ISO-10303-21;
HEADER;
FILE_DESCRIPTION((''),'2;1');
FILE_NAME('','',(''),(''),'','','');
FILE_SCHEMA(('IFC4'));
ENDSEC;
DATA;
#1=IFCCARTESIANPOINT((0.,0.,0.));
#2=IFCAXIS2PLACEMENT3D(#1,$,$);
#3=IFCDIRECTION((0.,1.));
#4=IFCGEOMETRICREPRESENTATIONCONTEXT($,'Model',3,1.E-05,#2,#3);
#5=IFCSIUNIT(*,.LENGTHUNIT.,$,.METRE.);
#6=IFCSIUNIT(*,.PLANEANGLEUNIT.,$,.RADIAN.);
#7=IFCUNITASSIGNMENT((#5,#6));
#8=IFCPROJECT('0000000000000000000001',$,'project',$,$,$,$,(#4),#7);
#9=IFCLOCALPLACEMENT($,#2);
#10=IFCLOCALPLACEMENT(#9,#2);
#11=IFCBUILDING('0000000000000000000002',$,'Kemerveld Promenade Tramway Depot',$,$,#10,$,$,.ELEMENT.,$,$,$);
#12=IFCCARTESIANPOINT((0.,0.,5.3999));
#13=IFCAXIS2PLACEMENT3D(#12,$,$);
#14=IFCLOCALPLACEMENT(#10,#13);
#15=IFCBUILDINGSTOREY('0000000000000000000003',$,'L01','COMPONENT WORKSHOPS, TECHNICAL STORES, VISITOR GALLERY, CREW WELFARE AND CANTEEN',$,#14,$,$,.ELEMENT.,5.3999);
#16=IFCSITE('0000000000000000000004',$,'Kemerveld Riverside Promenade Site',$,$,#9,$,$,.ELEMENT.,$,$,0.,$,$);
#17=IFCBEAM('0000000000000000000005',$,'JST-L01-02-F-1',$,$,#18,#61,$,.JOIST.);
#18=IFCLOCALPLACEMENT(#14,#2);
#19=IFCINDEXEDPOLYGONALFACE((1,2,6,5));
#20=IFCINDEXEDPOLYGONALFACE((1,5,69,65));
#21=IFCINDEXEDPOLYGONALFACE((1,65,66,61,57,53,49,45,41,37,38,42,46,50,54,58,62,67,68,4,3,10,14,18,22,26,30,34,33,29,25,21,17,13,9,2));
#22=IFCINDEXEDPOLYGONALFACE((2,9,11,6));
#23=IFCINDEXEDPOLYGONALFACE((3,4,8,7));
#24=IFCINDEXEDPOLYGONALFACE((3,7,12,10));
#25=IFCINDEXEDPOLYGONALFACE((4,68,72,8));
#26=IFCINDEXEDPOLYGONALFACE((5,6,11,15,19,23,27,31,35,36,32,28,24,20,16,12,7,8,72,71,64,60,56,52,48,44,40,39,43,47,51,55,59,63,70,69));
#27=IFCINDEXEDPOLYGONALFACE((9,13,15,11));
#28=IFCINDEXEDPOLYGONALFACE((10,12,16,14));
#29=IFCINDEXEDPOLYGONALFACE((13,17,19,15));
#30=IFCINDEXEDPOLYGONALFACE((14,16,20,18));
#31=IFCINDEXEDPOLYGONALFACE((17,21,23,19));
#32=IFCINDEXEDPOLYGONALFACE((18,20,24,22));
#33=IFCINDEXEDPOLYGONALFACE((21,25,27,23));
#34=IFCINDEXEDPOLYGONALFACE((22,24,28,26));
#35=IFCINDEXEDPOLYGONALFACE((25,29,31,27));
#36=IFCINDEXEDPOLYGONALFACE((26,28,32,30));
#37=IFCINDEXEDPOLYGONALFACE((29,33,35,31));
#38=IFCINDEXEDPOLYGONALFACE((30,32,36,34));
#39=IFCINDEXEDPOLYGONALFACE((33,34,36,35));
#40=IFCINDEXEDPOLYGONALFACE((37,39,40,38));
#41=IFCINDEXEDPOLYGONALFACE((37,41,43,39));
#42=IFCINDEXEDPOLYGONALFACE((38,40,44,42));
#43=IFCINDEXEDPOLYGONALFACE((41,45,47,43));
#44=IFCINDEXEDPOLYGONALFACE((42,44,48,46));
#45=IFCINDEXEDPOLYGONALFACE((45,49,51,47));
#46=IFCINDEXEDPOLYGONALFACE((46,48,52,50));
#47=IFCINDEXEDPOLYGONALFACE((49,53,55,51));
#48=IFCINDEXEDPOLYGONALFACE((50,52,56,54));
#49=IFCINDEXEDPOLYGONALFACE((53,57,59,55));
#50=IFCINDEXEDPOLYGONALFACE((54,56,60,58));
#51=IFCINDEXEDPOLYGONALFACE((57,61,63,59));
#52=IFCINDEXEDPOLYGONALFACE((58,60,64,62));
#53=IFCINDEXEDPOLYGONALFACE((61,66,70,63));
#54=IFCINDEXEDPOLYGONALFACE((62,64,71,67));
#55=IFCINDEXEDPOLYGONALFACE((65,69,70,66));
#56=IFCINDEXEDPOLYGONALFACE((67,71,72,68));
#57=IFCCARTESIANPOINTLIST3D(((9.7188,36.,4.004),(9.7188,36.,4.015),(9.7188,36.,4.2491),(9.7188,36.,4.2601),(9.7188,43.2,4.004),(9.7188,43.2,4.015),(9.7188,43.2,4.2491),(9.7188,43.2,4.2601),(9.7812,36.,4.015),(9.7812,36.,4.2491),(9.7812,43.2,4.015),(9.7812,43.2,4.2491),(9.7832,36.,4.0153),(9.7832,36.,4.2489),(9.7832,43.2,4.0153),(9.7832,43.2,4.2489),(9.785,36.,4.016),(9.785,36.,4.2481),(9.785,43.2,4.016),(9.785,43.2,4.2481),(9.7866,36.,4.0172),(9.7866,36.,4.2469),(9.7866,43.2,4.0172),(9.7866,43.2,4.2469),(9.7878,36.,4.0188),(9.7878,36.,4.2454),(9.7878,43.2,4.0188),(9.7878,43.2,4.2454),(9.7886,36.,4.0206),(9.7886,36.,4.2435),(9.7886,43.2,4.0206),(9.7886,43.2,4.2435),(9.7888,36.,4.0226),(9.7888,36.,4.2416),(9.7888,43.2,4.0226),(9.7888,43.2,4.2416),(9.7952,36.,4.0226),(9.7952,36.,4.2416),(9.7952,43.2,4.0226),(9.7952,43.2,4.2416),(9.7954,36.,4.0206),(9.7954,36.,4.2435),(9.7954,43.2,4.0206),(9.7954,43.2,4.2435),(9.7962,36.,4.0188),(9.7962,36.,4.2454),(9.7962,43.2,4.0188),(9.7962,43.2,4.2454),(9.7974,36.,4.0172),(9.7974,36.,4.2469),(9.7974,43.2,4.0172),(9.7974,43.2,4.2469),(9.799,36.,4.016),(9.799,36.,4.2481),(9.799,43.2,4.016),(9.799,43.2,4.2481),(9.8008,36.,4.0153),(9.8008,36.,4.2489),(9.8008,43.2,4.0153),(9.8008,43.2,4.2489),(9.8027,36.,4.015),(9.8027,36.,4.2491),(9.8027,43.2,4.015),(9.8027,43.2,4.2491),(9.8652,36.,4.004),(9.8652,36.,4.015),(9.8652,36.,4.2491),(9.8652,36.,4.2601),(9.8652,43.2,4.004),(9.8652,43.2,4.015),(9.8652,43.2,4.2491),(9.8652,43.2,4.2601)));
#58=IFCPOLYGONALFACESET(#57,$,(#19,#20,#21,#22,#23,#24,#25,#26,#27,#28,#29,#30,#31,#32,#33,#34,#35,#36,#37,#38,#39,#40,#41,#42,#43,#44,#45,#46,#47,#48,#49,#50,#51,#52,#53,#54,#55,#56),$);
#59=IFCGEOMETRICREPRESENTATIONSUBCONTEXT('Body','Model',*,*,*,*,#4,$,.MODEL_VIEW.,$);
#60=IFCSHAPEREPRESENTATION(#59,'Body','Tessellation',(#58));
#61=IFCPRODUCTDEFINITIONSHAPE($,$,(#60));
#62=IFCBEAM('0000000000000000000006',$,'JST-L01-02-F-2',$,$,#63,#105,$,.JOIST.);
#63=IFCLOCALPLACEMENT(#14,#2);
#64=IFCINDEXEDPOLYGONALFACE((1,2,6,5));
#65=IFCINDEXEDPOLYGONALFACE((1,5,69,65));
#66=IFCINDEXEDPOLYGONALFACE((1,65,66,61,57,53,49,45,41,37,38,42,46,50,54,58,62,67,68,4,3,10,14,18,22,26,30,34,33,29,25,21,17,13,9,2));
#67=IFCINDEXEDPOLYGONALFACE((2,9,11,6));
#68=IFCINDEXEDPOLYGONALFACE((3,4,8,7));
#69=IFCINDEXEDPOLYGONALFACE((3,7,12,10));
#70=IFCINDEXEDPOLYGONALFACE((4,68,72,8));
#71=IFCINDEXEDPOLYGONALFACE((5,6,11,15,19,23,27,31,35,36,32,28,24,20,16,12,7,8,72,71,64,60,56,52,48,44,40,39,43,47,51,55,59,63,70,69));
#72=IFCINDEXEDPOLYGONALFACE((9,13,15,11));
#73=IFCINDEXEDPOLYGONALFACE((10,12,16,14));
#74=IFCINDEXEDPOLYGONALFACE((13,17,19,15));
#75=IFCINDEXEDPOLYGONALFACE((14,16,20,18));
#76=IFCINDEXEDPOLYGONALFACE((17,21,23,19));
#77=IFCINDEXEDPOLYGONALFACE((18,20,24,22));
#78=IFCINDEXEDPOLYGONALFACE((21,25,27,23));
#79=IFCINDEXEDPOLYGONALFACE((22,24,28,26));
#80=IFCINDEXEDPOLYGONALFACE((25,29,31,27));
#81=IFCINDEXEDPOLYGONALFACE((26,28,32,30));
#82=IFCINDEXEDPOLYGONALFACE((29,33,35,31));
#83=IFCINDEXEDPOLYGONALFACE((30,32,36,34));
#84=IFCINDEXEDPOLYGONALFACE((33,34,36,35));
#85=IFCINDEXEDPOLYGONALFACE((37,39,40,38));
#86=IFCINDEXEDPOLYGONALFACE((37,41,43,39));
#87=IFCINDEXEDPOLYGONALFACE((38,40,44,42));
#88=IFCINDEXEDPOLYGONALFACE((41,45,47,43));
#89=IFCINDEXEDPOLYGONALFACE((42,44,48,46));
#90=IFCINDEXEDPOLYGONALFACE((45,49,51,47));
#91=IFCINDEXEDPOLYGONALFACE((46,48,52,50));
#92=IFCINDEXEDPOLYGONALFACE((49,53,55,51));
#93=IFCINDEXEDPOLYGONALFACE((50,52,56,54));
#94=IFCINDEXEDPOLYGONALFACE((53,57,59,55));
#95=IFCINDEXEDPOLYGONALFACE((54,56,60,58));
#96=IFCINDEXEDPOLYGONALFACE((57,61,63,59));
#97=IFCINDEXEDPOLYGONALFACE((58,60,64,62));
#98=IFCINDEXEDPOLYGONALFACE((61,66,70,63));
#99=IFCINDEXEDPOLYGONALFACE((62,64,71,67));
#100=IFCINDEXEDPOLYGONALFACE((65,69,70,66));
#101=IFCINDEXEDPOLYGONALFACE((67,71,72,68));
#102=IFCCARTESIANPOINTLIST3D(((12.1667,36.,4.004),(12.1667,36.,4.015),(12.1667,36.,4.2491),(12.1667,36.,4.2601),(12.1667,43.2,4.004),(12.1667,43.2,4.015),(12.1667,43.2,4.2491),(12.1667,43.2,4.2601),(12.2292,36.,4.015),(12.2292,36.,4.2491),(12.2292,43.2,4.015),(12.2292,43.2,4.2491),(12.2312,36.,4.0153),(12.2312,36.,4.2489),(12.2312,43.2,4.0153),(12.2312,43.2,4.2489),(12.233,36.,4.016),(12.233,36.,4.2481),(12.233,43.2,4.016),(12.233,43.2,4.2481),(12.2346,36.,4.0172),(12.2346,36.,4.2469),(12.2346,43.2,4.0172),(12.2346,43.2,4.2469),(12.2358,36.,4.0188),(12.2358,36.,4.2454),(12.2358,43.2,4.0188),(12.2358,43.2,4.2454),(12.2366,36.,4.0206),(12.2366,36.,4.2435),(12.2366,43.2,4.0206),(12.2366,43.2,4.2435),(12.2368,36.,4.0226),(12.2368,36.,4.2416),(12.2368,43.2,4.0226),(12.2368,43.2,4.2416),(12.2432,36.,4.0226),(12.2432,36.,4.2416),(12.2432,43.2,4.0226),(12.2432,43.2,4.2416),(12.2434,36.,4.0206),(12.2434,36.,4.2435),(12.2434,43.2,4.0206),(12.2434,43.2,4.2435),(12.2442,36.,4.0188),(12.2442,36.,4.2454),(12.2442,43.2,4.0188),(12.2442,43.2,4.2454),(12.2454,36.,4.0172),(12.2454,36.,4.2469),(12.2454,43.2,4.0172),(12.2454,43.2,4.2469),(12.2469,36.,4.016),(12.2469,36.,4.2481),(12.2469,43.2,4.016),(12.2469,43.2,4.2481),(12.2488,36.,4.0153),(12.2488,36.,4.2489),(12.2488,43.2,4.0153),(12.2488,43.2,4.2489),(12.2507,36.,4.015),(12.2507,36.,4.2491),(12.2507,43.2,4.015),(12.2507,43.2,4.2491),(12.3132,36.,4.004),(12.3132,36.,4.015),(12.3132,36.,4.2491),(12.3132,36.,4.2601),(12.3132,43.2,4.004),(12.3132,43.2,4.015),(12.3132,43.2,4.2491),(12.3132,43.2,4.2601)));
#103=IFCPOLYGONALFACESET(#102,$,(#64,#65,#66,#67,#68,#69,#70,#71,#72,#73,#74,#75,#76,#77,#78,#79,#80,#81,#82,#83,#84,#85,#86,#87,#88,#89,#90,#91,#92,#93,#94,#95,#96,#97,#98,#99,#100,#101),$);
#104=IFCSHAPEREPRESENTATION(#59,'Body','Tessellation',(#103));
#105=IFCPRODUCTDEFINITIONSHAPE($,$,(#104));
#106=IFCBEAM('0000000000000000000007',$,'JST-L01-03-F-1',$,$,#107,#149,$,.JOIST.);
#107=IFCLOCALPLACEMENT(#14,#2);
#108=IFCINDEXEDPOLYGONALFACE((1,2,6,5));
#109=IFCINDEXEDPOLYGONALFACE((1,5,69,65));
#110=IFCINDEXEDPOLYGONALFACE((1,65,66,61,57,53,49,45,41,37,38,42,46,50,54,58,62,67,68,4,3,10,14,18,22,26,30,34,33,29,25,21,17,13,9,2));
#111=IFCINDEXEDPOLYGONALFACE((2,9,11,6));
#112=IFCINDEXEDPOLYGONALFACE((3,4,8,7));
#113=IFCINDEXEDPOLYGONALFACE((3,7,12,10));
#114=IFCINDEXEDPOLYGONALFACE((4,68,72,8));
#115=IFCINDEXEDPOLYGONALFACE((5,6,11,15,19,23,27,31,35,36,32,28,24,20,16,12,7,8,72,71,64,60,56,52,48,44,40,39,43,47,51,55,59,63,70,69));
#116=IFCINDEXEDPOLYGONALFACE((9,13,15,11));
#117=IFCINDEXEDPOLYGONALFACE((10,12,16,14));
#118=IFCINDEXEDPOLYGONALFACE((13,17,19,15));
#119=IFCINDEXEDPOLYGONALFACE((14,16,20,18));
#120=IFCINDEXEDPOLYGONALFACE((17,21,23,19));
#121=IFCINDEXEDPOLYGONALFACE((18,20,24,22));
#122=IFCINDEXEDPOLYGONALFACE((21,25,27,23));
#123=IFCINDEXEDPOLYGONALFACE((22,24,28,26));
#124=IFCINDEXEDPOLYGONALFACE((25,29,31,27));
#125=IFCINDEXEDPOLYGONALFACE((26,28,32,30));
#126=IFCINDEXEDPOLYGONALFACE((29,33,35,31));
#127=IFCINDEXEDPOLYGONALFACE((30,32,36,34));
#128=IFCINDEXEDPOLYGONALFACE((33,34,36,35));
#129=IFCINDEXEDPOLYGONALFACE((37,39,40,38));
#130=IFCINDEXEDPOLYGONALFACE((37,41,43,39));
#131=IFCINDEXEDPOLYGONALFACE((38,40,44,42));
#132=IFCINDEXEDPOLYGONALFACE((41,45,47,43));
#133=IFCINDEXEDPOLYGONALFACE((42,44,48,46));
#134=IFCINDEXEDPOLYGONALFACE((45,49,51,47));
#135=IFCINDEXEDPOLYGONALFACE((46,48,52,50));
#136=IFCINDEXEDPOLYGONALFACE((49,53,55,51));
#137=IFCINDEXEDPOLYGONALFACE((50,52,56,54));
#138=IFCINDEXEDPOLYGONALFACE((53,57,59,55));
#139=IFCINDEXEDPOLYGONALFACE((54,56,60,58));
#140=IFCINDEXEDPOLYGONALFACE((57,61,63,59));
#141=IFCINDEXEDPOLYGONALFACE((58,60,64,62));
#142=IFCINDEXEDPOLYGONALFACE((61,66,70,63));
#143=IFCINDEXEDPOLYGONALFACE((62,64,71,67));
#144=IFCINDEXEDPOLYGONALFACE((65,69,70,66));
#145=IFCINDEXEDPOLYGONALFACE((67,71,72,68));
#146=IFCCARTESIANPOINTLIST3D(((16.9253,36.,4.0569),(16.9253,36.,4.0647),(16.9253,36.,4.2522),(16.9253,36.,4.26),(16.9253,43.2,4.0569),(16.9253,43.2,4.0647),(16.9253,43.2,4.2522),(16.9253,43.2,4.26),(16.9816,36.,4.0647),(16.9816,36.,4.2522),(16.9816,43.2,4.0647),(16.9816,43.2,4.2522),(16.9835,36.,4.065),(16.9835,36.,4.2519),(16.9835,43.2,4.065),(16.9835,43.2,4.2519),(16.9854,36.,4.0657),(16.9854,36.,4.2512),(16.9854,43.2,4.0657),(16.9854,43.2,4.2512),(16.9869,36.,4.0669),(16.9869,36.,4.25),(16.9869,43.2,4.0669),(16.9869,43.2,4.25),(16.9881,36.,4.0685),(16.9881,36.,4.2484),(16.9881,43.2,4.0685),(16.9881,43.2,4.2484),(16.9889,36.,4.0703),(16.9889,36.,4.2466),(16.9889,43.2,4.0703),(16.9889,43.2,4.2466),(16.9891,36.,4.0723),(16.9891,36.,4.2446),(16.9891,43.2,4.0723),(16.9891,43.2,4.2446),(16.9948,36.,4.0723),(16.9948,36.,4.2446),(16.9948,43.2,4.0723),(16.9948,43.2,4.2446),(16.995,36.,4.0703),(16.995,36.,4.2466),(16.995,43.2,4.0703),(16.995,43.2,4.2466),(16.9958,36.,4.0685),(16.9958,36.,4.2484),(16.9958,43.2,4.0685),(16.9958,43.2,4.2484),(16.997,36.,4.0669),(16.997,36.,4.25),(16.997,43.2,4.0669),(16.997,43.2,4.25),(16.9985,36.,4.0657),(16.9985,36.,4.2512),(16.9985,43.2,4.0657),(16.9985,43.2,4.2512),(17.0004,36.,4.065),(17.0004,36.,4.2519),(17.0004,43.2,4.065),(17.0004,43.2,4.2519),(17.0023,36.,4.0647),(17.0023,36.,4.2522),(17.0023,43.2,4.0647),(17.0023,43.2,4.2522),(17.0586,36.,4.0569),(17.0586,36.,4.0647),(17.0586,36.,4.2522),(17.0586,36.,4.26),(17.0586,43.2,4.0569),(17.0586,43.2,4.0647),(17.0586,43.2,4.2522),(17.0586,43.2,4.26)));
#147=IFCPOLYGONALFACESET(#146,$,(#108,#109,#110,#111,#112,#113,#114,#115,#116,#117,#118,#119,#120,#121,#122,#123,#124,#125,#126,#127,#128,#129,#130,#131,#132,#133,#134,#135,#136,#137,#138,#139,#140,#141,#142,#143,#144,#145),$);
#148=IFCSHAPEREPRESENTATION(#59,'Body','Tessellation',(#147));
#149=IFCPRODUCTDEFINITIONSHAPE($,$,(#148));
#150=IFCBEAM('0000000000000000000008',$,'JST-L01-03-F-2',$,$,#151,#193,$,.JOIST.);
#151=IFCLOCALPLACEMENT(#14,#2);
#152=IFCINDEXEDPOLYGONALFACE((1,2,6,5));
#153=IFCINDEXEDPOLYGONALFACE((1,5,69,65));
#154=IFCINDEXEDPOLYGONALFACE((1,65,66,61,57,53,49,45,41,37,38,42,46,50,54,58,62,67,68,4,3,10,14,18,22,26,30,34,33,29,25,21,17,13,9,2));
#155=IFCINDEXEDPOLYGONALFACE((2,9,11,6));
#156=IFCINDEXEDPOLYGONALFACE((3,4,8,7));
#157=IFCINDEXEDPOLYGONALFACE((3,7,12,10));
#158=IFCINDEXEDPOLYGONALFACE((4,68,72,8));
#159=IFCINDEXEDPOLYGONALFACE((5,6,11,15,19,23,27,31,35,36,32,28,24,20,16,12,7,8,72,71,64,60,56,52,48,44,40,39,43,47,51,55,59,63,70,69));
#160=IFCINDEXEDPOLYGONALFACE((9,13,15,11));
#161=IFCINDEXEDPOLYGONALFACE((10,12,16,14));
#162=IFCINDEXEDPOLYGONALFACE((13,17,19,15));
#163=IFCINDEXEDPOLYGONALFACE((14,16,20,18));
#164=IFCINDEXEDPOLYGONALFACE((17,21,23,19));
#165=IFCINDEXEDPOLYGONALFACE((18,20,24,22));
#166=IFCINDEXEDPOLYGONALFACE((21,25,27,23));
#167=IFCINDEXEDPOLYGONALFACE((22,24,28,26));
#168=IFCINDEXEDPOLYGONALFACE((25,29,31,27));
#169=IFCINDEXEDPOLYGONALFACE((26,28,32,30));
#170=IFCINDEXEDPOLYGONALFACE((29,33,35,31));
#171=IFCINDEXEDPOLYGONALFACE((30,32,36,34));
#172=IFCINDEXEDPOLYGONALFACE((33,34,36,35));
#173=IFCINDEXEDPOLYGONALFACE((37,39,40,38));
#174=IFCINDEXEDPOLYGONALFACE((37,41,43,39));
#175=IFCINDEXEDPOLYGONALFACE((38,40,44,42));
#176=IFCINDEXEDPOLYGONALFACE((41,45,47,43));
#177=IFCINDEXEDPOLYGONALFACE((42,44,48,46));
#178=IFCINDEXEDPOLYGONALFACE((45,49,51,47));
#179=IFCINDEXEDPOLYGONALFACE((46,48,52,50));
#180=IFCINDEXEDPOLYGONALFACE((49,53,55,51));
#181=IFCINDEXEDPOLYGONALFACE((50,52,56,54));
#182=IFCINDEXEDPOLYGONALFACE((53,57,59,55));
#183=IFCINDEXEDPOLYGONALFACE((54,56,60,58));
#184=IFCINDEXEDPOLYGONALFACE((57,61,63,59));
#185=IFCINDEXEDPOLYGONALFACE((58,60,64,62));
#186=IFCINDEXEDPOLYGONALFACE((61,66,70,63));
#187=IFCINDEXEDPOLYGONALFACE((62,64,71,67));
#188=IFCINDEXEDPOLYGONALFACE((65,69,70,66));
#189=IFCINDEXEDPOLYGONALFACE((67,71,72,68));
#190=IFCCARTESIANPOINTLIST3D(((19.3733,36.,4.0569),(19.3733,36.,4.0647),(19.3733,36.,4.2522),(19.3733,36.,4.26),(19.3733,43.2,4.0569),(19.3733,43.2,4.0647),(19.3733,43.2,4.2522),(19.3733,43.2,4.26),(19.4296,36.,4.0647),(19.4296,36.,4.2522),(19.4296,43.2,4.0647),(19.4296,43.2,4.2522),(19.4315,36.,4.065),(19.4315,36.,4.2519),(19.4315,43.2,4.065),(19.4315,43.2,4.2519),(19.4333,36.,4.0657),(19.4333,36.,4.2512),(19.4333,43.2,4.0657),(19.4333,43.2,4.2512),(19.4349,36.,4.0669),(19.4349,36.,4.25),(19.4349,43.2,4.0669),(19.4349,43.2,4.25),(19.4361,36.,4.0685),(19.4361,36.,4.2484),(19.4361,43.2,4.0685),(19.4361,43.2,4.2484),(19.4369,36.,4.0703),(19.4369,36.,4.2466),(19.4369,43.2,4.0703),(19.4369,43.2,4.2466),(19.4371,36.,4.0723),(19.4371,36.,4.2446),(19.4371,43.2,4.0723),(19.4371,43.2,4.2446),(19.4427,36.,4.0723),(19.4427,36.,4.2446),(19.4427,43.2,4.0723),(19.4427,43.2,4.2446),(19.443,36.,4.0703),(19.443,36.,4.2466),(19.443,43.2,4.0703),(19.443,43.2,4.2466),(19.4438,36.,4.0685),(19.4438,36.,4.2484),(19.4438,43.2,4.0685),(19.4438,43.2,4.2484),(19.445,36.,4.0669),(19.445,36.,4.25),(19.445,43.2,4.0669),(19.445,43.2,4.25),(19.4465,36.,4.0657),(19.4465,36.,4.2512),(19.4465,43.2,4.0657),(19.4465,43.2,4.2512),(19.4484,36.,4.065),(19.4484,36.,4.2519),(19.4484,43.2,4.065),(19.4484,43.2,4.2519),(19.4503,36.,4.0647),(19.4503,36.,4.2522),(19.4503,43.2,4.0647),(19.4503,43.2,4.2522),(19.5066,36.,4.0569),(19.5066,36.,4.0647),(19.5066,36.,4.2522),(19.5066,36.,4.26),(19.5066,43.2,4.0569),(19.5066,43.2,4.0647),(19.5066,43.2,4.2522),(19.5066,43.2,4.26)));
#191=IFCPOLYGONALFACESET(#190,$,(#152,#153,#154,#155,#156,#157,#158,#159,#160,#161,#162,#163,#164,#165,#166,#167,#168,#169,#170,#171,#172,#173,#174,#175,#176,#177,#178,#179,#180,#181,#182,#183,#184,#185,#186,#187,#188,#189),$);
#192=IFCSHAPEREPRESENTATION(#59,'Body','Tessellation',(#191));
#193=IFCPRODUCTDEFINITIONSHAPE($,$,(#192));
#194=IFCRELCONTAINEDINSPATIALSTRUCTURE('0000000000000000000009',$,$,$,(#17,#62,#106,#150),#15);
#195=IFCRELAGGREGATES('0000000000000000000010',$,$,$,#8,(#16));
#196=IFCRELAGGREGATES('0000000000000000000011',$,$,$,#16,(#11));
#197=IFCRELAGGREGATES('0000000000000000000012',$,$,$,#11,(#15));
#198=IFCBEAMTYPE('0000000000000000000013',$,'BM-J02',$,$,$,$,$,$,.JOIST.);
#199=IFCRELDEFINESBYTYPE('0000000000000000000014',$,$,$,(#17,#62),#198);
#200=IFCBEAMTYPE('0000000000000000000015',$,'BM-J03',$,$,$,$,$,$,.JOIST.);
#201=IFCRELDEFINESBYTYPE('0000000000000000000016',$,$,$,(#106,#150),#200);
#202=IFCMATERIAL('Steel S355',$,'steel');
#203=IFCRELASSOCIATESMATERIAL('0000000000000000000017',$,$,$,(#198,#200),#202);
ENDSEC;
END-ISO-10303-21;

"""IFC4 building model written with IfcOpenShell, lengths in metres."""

from ifc_helpers import new_model, si_unit, direction, frame, origin, origin_2d, place, context, subcontext, project, spatial, i_section, extrude, material, material_profile, profile_set, type_object, element, save


model = new_model("IFC4")

# Units and contexts
model_context = context("Model", 3, precision=1e-05, world=origin(), true_north=direction((0.0, 1.0)))
body_context = subcontext(model_context, "Body", "Model", "MODEL_VIEW")
ifc_project = project(units=[si_unit("LENGTHUNIT", "METRE"), si_unit("PLANEANGLEUNIT", "RADIAN")], contexts=[model_context])

# Site, building, storey
site_placement = place(None, origin())
site = spatial("IfcSite", under=ifc_project, at=site_placement, Name="Kemerveld Riverside Promenade Site", CompositionType="ELEMENT", RefElevation=0.0)
building_placement = place(site_placement, origin())
building = spatial("IfcBuilding", under=site, at=building_placement, Name="Kemerveld Promenade Tramway Depot", CompositionType="ELEMENT")
storey_placement = place(building_placement, frame((0.0, 0.0, 5.3999)))
storey = spatial("IfcBuildingStorey", under=building, at=storey_placement, Name="L01", Description="COMPONENT WORKSHOPS, TECHNICAL STORES, VISITOR GALLERY, CREW WELFARE AND CANTEEN", CompositionType="ELEMENT", Elevation=5.3999)

# Shared definitions
ifc_material_1 = material(Name="Steel S355", Category="steel")

# Beams
ifc_material_profile_1 = material_profile(ifc_material_1, i_section(OverallWidth=0.1465, OverallDepth=0.2561, WebThickness=0.0063, FlangeThickness=0.011, FilletRadius=0.0076, at=origin_2d()), Name="254x146x37 UB")
ifc_profile_set_1 = profile_set([ifc_material_profile_1], Name="Steel S355")
beam_type_1 = type_object("IfcBeamType", Name="BM-J02", PredefinedType="JOIST", material=ifc_profile_set_1)
for number, where, z_axis, x_axis, name in (
    (1, (9.792, 36.0, 4.1321), (0.0, 1.0, 0.0), (-1.0, 0.0, 0.0), "JST-L01-02-F-1"),
    (2, (12.24, 36.0, 4.1321), (0.0, 1.0, 0.0), (-1.0, 0.0, 0.0), "JST-L01-02-F-2"),
):
    element("IfcBeam", number, at=place(storey_placement, frame(where, z_axis=z_axis, x_axis=x_axis)), inside=storey, type_object=beam_type_1, Name=name, PredefinedType="JOIST", context=body_context, shape_type="SweptSolid", body=[
        extrude(i_section(OverallWidth=0.1465, OverallDepth=0.2561, WebThickness=0.0063, FlangeThickness=0.011, FilletRadius=0.0076, at=origin_2d()), origin(), (0.0, 0.0, 1.0), 7.2),
    ])
ifc_material_profile_2 = material_profile(ifc_material_1, i_section(OverallWidth=0.1333, OverallDepth=0.2031, WebThickness=0.0056, FlangeThickness=0.0078, FilletRadius=0.0076, at=origin_2d()), Name="203x133x25 UB")
ifc_profile_set_2 = profile_set([ifc_material_profile_2], Name="Steel S355")
beam_type_2 = type_object("IfcBeamType", Name="BM-J03", PredefinedType="JOIST", material=ifc_profile_set_2)
for number, where, z_axis, x_axis, name in (
    (3, (16.9919, 36.0, 4.1584), (0.0, 1.0, 0.0), (-1.0, 0.0, 0.0), "JST-L01-03-F-1"),
    (4, (19.4399, 36.0, 4.1584), (0.0, 1.0, 0.0), (-1.0, 0.0, 0.0), "JST-L01-03-F-2"),
):
    element("IfcBeam", number, at=place(storey_placement, frame(where, z_axis=z_axis, x_axis=x_axis)), inside=storey, type_object=beam_type_2, Name=name, PredefinedType="JOIST", context=body_context, shape_type="SweptSolid", body=[
        extrude(i_section(OverallWidth=0.1333, OverallDepth=0.2031, WebThickness=0.0056, FlangeThickness=0.0078, FilletRadius=0.0076, at=origin_2d()), origin(), (0.0, 0.0, 1.0), 7.2),
    ])

save(model, "model.ifc")
